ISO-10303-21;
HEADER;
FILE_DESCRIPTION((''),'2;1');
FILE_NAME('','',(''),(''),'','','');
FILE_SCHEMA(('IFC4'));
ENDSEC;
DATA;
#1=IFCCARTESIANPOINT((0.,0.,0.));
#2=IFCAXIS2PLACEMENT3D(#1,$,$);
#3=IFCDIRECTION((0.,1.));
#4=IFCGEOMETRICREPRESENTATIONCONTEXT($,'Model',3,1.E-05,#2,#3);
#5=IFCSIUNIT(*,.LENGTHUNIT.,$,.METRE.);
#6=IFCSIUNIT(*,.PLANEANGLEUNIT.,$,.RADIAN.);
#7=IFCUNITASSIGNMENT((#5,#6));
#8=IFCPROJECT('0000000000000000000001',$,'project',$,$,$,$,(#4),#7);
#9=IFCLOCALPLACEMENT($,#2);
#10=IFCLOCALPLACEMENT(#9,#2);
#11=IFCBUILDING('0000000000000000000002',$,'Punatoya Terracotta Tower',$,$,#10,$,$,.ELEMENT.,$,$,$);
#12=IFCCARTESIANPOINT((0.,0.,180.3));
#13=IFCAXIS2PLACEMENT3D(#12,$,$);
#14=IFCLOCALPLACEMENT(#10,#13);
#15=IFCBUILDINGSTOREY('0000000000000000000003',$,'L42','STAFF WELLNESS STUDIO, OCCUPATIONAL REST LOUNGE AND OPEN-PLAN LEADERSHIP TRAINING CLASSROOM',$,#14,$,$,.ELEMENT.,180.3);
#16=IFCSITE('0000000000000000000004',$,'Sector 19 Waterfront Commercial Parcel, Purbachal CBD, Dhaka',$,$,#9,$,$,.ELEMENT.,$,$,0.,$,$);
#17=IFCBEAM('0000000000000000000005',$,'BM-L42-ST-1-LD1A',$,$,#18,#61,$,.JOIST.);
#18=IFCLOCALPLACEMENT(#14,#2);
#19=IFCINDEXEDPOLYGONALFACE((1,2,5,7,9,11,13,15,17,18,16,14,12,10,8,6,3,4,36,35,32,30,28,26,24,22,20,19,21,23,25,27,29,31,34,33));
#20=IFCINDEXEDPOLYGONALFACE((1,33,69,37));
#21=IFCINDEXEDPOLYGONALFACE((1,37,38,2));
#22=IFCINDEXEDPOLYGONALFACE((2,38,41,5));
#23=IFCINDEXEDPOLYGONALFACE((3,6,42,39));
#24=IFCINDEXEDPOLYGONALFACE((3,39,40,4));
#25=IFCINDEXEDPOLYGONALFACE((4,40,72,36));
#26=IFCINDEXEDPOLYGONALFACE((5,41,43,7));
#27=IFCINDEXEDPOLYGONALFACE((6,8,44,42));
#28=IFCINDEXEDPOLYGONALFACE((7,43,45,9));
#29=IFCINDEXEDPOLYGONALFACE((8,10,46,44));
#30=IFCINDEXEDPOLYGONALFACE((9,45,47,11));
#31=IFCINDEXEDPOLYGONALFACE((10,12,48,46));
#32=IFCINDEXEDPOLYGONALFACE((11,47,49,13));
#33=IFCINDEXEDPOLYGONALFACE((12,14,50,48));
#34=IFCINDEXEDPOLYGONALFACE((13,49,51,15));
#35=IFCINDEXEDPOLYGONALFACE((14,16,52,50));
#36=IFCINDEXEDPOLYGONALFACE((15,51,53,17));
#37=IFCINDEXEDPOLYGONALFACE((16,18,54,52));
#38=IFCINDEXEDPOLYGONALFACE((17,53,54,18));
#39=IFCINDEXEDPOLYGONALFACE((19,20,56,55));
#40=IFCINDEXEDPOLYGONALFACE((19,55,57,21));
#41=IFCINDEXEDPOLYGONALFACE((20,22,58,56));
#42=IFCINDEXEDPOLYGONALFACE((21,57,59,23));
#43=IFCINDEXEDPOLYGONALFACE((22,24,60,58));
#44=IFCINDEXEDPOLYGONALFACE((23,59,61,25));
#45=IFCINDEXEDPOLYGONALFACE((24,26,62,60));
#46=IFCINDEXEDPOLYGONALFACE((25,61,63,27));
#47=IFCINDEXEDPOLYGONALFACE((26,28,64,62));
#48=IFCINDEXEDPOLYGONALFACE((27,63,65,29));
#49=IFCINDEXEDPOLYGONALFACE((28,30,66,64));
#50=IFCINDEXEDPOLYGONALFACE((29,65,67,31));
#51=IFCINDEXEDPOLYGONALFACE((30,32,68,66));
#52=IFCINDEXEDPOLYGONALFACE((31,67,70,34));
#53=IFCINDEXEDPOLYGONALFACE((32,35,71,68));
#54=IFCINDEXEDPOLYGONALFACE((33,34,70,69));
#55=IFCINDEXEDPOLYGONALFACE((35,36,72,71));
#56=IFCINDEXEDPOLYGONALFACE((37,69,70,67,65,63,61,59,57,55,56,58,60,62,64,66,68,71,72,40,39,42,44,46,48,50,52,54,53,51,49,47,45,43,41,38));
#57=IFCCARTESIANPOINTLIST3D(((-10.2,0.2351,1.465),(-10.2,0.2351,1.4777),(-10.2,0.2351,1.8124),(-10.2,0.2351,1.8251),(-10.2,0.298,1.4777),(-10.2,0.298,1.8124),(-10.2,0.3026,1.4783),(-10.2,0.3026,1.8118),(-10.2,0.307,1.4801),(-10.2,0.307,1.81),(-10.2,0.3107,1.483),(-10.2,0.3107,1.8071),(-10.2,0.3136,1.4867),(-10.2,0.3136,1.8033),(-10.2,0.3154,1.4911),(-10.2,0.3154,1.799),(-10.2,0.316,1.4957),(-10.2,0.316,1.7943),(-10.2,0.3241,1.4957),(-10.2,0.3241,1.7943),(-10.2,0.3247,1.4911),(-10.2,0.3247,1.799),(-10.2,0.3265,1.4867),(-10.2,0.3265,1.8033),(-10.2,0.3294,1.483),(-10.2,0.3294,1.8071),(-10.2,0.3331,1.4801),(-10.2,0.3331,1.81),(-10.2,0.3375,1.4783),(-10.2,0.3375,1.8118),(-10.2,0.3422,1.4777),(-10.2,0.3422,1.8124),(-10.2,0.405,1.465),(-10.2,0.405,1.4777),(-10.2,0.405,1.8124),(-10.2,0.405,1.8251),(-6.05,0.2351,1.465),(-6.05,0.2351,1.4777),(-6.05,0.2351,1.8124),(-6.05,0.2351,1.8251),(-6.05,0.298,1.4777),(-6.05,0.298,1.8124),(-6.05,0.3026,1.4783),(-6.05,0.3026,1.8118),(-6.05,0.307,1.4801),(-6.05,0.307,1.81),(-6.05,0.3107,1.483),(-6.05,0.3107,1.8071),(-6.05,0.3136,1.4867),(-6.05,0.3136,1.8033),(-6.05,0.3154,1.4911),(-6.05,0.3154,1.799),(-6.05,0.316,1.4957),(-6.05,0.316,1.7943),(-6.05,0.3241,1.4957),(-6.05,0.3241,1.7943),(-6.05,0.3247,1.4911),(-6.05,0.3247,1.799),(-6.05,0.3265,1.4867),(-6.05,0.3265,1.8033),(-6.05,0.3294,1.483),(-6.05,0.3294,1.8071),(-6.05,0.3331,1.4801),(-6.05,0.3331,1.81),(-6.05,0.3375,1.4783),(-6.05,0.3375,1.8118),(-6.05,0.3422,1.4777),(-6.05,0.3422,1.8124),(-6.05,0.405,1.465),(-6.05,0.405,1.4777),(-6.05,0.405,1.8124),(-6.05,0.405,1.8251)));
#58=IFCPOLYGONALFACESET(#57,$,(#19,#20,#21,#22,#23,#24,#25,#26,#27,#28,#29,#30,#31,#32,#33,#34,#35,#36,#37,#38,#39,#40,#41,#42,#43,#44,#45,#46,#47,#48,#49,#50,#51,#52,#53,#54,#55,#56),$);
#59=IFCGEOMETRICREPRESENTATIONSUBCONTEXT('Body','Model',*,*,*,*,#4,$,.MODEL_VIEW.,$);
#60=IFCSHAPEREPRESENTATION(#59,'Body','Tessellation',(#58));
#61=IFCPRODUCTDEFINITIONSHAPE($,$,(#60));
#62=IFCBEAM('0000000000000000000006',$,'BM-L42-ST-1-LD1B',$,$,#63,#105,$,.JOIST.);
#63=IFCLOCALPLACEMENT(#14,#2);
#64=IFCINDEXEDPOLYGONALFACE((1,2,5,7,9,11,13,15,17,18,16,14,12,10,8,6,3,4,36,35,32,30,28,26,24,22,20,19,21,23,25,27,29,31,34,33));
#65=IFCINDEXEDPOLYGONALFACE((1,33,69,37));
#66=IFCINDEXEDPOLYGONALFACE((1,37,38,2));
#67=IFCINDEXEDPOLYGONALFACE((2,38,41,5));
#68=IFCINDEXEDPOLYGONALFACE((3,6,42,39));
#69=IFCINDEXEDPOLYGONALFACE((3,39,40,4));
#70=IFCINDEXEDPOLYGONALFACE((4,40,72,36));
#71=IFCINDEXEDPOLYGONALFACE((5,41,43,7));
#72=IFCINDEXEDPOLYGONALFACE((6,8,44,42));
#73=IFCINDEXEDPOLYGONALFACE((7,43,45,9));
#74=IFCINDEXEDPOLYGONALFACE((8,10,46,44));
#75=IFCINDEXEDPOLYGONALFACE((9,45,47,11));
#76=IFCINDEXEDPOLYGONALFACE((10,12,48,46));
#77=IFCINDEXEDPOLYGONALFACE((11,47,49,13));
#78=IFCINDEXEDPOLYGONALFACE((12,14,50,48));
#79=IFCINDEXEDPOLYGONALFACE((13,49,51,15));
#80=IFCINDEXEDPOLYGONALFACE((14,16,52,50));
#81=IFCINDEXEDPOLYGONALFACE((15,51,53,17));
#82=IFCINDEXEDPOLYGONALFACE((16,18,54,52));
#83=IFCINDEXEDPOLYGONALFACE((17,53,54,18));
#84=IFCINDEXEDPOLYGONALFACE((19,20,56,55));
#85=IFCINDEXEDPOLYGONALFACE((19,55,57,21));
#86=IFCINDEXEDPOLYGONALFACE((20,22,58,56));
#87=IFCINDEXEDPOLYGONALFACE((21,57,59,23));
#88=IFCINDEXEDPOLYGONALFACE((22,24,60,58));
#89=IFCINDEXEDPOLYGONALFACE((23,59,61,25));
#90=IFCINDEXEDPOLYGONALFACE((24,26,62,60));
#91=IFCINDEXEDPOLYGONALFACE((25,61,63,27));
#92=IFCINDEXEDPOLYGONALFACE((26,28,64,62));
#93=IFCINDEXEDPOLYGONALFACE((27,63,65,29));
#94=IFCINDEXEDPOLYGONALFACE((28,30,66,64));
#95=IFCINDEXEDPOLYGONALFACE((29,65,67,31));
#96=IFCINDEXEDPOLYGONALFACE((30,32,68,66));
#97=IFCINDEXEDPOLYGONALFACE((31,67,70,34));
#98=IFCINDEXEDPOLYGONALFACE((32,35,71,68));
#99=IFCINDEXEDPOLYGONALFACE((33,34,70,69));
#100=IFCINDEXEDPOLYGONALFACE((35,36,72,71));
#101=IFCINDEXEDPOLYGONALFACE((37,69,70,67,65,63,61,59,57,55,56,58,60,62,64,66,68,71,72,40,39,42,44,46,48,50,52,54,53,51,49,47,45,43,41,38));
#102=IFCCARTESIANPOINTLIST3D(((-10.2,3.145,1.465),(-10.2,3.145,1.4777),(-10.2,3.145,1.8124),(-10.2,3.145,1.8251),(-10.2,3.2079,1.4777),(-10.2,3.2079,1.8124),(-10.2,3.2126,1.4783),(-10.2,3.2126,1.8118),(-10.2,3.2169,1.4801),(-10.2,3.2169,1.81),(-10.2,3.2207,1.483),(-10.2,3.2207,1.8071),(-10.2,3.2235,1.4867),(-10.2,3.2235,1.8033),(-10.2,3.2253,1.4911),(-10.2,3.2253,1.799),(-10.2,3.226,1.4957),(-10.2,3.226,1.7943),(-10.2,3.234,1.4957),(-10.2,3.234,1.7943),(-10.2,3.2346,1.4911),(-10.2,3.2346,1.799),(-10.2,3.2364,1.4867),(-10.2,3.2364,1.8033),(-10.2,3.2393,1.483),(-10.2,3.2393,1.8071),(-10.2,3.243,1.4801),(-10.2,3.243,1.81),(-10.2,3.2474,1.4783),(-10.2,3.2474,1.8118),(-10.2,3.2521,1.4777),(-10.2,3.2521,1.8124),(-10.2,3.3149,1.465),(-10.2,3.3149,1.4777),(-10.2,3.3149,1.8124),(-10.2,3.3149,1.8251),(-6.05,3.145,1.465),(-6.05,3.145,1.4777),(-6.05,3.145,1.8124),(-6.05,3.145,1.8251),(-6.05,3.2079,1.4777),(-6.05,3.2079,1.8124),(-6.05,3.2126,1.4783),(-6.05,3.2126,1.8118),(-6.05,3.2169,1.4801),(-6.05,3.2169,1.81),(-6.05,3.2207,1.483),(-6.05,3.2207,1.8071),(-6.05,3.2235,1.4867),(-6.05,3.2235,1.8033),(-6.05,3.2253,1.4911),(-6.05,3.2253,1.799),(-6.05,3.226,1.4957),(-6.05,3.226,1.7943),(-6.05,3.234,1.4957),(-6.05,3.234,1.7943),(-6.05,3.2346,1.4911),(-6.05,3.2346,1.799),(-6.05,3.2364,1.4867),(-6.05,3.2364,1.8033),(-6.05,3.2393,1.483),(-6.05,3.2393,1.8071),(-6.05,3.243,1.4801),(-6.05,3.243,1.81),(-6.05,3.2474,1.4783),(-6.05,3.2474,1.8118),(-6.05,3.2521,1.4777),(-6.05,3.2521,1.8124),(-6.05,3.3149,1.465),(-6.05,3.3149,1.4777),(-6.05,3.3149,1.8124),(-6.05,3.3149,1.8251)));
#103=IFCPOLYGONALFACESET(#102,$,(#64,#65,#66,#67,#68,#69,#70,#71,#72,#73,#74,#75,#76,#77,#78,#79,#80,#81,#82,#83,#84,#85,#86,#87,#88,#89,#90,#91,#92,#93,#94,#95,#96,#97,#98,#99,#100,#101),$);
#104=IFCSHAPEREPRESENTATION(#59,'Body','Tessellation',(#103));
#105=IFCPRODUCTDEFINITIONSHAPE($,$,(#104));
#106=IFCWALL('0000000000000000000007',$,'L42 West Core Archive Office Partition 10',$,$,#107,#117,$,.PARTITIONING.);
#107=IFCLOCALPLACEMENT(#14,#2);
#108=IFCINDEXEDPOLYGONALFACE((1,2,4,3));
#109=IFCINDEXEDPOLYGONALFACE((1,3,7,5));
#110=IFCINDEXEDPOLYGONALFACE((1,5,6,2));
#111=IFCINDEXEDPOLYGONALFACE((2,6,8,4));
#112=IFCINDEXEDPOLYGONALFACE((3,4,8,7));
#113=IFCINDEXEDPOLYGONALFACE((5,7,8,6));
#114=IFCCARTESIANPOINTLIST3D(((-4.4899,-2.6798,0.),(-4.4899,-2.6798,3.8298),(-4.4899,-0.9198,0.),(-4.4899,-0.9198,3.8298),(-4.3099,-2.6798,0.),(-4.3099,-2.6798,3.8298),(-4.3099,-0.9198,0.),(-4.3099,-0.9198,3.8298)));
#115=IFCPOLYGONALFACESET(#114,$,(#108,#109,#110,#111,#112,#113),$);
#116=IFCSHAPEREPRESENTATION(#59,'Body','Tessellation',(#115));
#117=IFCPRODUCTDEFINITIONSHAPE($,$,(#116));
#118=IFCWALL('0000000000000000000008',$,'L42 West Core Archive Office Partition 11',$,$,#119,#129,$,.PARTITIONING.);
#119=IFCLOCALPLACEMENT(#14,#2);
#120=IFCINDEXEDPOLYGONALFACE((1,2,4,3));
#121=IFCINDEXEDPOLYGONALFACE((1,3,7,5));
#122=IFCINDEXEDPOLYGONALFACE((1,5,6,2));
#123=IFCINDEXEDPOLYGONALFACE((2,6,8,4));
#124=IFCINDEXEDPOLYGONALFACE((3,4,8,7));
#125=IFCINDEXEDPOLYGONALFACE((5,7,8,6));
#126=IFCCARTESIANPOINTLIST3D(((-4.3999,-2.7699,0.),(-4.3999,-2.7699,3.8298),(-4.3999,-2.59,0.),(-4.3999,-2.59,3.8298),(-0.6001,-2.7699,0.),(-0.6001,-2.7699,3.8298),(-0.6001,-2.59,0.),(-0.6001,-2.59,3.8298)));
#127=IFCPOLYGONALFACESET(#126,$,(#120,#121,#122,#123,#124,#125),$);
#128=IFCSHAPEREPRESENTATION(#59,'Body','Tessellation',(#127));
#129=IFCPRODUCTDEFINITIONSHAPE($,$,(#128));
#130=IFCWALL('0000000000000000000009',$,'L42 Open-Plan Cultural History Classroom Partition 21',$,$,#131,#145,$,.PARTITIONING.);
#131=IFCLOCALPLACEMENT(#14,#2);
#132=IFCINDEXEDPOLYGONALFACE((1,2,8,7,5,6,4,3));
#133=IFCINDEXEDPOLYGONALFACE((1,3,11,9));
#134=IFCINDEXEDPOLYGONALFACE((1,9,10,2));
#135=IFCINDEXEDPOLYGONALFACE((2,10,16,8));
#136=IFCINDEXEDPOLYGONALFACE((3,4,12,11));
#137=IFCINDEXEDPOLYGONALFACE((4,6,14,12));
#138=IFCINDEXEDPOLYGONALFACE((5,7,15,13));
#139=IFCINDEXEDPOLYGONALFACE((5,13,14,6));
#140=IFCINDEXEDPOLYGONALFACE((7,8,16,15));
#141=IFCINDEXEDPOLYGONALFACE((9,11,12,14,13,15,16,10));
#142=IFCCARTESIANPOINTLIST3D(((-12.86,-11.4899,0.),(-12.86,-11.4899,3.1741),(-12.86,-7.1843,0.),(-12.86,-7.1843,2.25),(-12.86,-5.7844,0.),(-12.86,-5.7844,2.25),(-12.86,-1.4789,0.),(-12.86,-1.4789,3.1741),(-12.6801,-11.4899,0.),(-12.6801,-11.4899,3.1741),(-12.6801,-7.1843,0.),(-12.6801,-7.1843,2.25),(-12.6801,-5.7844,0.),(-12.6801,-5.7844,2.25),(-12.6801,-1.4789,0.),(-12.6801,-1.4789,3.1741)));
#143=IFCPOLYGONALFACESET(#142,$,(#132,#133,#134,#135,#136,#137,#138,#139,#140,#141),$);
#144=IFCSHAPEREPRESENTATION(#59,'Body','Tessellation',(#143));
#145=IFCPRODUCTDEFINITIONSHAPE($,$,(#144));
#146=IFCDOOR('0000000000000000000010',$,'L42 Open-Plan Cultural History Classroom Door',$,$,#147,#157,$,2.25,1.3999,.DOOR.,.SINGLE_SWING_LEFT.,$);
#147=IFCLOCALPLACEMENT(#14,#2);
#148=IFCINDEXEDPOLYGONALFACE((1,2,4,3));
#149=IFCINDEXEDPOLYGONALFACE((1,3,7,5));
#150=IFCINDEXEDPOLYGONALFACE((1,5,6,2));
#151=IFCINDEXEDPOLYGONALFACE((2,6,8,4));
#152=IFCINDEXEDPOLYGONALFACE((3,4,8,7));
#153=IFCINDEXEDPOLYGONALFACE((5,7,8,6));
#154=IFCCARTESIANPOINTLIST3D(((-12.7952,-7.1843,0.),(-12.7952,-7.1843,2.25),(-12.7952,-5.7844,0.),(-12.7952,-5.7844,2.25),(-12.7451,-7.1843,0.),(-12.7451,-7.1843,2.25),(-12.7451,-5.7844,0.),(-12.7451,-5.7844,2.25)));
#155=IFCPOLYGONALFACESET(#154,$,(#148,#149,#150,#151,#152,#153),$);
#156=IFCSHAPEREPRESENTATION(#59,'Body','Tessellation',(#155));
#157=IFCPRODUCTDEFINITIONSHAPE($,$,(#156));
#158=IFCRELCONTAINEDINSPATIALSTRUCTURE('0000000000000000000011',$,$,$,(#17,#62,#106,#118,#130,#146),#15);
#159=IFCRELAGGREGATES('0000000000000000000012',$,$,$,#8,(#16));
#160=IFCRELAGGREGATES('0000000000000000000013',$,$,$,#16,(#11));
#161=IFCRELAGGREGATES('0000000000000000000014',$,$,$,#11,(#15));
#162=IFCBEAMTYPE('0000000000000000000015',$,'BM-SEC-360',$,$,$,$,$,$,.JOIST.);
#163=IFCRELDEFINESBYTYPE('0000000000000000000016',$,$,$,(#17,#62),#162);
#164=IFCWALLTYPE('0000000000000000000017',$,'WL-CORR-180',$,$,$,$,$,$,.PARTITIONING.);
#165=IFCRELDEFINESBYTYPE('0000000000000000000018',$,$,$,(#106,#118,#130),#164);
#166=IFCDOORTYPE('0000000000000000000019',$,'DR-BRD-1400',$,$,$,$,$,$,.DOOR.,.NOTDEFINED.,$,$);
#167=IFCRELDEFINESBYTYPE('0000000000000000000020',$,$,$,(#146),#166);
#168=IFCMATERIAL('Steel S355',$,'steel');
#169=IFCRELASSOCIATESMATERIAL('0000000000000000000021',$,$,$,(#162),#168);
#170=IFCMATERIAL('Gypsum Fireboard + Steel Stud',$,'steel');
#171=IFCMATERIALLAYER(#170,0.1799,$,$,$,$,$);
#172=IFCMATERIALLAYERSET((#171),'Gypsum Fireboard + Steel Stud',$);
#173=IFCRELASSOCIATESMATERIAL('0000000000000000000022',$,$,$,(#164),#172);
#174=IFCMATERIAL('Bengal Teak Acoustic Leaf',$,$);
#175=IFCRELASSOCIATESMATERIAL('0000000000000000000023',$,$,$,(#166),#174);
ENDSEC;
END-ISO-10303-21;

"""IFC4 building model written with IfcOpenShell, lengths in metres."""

from ifc_helpers import new_model, si_unit, direction, frame, frame_2d, origin, origin_2d, place, context, subcontext, project, spatial, rectangle, i_section, extrude, material, layer, layer_set, material_profile, profile_set, type_object, element, fill, save


model = new_model("IFC4")

# Units and contexts
model_context = context("Model", 3, precision=1e-05, world=origin(), true_north=direction((0.0, 1.0)))
body_context = subcontext(model_context, "Body", "Model", "MODEL_VIEW")
ifc_project = project(units=[si_unit("LENGTHUNIT", "METRE"), si_unit("PLANEANGLEUNIT", "RADIAN")], contexts=[model_context])

# Site, building, storey
site_placement = place(None, origin())
site = spatial("IfcSite", under=ifc_project, at=site_placement, Name="Sector 19 Waterfront Commercial Parcel, Purbachal CBD, Dhaka", CompositionType="ELEMENT", RefElevation=0.0)
building_placement = place(site_placement, origin())
building = spatial("IfcBuilding", under=site, at=building_placement, Name="Punatoya Terracotta Tower", CompositionType="ELEMENT")
storey_placement = place(building_placement, frame((0.0, 0.0, 180.3)))
storey = spatial("IfcBuildingStorey", under=building, at=storey_placement, Name="L42", Description="STAFF WELLNESS STUDIO, OCCUPATIONAL REST LOUNGE AND OPEN-PLAN LEADERSHIP TRAINING CLASSROOM", CompositionType="ELEMENT", Elevation=180.3)

# Beams
ifc_material_1 = material(Name="Steel S355", Category="steel")
ifc_material_profile = material_profile(ifc_material_1, i_section(OverallWidth=0.1699, OverallDepth=0.3601, WebThickness=0.0081, FlangeThickness=0.0127, FilletRadius=0.0181, at=origin_2d()))
ifc_profile_set = profile_set([ifc_material_profile], Name="Steel S355")
beam_type = type_object("IfcBeamType", Name="BM-SEC-360", PredefinedType="JOIST", material=ifc_profile_set)
for number, where, z_axis, x_axis, name in (
    (1, (-10.2, 0.3201, 1.645), (1.0, 0.0, 0.0), (0.0, 1.0, 0.0), "BM-L42-ST-1-LD1A"),
    (2, (-10.2, 3.23, 1.645), (1.0, 0.0, 0.0), (0.0, 1.0, 0.0), "BM-L42-ST-1-LD1B"),
):
    element("IfcBeam", number, at=place(storey_placement, frame(where, z_axis=z_axis, x_axis=x_axis)), inside=storey, type_object=beam_type, Name=name, PredefinedType="JOIST", context=body_context, shape_type="SweptSolid", body=[
        extrude(i_section(OverallWidth=0.1699, OverallDepth=0.3601, WebThickness=0.0081, FlangeThickness=0.0127, FilletRadius=0.0181, at=origin_2d()), origin(), (0.0, 0.0, 1.0), 4.1499),
    ])

# Walls
ifc_material_2 = material(Name="Gypsum Fireboard + Steel Stud", Category="steel")
ifc_layer_1 = layer(ifc_material_2, 0.1799)
ifc_layer_set_1 = layer_set([ifc_layer_1], Name="Gypsum Fireboard + Steel Stud")
wall_type_1 = type_object("IfcWallType", Name="WL-CORR-180", PredefinedType="PARTITIONING", material=ifc_layer_set_1)
wall_1_placement = place(storey_placement, frame((-4.3999, -0.9199, 0.0), z_axis=(0.0, 0.0, 1.0), x_axis=(0.0, -1.0, 0.0)))
element("IfcWall", 3, at=wall_1_placement, inside=storey, type_object=wall_type_1, Name="L42 West Core Archive Office Partition 10", PredefinedType="PARTITIONING", context=body_context, shape_type="SweptSolid", body=[
    extrude(rectangle(XDim=1.76, YDim=0.1799, at=frame_2d((0.8799, 0.0))), origin(), (0.0, 0.0, 1.0), 3.8298),
])
wall_2_placement = place(storey_placement, frame((-4.3999, -2.6799, 0.0), z_axis=(0.0, 0.0, 1.0), x_axis=(1.0, 0.0, 0.0)))
element("IfcWall", 4, at=wall_2_placement, inside=storey, type_object=wall_type_1, Name="L42 West Core Archive Office Partition 11", PredefinedType="PARTITIONING", context=body_context, shape_type="SweptSolid", body=[
    extrude(rectangle(XDim=3.7998, YDim=0.1799, at=frame_2d((1.8999, 0.0))), origin(), (0.0, 0.0, 1.0), 3.8298),
])

# Wall, opening, door
wall_3_placement = place(storey_placement, frame((-12.77, -1.479, 0.0), z_axis=(0.0, 0.0, 1.0), x_axis=(0.0, -1.0, 0.0)))
wall_3 = element("IfcWall", 5, at=wall_3_placement, inside=storey, type_object=wall_type_1, Name="L42 Open-Plan Cultural History Classroom Partition 21", PredefinedType="PARTITIONING", context=body_context, shape_type="SweptSolid", body=[
    extrude(rectangle(XDim=10.011, YDim=0.1799, at=frame_2d((5.0054, 0.0))), origin(), (0.0, 0.0, 1.0), 3.1741),
])
opening_1_placement = place(wall_3_placement, frame((4.3054, 0.0, 0.0)))
opening_1 = element("IfcOpeningElement", 6, at=opening_1_placement, cuts=wall_3, PredefinedType="OPENING", context=body_context, shape_type="SweptSolid", body=[
    extrude(rectangle(XDim=1.3999, YDim=2.25, at=frame_2d((0.7, 1.125))), frame((0.0, 0.0999, 0.0), z_axis=(0.0, -1.0, 0.0), x_axis=(1.0, 0.0, 0.0)), (0.0, 0.0, 1.0), 0.2),
])
ifc_material_3 = material(Name="Bengal Teak Acoustic Leaf")
door_type_1 = type_object("IfcDoorType", Name="DR-BRD-1400", OperationType="NOTDEFINED", PredefinedType="DOOR", material=ifc_material_3)
door_1_placement = place(opening_1_placement, origin())
door_1 = element("IfcDoor", 7, at=door_1_placement, inside=storey, type_object=door_type_1, Name="L42 Open-Plan Cultural History Classroom Door", OperationType="SINGLE_SWING_LEFT", OverallHeight=2.25, OverallWidth=1.3999, PredefinedType="DOOR", context=body_context, shape_type="SweptSolid", body=[
    extrude(rectangle(XDim=1.3999, YDim=2.25, at=frame_2d((0.7, 1.125))), frame((0.0, 0.0249, 0.0), z_axis=(0.0, -1.0, 0.0), x_axis=(1.0, 0.0, 0.0)), (0.0, 0.0, 1.0), 0.05),
])
fill(opening_1, door_1)

save(model, "model.ifc")
